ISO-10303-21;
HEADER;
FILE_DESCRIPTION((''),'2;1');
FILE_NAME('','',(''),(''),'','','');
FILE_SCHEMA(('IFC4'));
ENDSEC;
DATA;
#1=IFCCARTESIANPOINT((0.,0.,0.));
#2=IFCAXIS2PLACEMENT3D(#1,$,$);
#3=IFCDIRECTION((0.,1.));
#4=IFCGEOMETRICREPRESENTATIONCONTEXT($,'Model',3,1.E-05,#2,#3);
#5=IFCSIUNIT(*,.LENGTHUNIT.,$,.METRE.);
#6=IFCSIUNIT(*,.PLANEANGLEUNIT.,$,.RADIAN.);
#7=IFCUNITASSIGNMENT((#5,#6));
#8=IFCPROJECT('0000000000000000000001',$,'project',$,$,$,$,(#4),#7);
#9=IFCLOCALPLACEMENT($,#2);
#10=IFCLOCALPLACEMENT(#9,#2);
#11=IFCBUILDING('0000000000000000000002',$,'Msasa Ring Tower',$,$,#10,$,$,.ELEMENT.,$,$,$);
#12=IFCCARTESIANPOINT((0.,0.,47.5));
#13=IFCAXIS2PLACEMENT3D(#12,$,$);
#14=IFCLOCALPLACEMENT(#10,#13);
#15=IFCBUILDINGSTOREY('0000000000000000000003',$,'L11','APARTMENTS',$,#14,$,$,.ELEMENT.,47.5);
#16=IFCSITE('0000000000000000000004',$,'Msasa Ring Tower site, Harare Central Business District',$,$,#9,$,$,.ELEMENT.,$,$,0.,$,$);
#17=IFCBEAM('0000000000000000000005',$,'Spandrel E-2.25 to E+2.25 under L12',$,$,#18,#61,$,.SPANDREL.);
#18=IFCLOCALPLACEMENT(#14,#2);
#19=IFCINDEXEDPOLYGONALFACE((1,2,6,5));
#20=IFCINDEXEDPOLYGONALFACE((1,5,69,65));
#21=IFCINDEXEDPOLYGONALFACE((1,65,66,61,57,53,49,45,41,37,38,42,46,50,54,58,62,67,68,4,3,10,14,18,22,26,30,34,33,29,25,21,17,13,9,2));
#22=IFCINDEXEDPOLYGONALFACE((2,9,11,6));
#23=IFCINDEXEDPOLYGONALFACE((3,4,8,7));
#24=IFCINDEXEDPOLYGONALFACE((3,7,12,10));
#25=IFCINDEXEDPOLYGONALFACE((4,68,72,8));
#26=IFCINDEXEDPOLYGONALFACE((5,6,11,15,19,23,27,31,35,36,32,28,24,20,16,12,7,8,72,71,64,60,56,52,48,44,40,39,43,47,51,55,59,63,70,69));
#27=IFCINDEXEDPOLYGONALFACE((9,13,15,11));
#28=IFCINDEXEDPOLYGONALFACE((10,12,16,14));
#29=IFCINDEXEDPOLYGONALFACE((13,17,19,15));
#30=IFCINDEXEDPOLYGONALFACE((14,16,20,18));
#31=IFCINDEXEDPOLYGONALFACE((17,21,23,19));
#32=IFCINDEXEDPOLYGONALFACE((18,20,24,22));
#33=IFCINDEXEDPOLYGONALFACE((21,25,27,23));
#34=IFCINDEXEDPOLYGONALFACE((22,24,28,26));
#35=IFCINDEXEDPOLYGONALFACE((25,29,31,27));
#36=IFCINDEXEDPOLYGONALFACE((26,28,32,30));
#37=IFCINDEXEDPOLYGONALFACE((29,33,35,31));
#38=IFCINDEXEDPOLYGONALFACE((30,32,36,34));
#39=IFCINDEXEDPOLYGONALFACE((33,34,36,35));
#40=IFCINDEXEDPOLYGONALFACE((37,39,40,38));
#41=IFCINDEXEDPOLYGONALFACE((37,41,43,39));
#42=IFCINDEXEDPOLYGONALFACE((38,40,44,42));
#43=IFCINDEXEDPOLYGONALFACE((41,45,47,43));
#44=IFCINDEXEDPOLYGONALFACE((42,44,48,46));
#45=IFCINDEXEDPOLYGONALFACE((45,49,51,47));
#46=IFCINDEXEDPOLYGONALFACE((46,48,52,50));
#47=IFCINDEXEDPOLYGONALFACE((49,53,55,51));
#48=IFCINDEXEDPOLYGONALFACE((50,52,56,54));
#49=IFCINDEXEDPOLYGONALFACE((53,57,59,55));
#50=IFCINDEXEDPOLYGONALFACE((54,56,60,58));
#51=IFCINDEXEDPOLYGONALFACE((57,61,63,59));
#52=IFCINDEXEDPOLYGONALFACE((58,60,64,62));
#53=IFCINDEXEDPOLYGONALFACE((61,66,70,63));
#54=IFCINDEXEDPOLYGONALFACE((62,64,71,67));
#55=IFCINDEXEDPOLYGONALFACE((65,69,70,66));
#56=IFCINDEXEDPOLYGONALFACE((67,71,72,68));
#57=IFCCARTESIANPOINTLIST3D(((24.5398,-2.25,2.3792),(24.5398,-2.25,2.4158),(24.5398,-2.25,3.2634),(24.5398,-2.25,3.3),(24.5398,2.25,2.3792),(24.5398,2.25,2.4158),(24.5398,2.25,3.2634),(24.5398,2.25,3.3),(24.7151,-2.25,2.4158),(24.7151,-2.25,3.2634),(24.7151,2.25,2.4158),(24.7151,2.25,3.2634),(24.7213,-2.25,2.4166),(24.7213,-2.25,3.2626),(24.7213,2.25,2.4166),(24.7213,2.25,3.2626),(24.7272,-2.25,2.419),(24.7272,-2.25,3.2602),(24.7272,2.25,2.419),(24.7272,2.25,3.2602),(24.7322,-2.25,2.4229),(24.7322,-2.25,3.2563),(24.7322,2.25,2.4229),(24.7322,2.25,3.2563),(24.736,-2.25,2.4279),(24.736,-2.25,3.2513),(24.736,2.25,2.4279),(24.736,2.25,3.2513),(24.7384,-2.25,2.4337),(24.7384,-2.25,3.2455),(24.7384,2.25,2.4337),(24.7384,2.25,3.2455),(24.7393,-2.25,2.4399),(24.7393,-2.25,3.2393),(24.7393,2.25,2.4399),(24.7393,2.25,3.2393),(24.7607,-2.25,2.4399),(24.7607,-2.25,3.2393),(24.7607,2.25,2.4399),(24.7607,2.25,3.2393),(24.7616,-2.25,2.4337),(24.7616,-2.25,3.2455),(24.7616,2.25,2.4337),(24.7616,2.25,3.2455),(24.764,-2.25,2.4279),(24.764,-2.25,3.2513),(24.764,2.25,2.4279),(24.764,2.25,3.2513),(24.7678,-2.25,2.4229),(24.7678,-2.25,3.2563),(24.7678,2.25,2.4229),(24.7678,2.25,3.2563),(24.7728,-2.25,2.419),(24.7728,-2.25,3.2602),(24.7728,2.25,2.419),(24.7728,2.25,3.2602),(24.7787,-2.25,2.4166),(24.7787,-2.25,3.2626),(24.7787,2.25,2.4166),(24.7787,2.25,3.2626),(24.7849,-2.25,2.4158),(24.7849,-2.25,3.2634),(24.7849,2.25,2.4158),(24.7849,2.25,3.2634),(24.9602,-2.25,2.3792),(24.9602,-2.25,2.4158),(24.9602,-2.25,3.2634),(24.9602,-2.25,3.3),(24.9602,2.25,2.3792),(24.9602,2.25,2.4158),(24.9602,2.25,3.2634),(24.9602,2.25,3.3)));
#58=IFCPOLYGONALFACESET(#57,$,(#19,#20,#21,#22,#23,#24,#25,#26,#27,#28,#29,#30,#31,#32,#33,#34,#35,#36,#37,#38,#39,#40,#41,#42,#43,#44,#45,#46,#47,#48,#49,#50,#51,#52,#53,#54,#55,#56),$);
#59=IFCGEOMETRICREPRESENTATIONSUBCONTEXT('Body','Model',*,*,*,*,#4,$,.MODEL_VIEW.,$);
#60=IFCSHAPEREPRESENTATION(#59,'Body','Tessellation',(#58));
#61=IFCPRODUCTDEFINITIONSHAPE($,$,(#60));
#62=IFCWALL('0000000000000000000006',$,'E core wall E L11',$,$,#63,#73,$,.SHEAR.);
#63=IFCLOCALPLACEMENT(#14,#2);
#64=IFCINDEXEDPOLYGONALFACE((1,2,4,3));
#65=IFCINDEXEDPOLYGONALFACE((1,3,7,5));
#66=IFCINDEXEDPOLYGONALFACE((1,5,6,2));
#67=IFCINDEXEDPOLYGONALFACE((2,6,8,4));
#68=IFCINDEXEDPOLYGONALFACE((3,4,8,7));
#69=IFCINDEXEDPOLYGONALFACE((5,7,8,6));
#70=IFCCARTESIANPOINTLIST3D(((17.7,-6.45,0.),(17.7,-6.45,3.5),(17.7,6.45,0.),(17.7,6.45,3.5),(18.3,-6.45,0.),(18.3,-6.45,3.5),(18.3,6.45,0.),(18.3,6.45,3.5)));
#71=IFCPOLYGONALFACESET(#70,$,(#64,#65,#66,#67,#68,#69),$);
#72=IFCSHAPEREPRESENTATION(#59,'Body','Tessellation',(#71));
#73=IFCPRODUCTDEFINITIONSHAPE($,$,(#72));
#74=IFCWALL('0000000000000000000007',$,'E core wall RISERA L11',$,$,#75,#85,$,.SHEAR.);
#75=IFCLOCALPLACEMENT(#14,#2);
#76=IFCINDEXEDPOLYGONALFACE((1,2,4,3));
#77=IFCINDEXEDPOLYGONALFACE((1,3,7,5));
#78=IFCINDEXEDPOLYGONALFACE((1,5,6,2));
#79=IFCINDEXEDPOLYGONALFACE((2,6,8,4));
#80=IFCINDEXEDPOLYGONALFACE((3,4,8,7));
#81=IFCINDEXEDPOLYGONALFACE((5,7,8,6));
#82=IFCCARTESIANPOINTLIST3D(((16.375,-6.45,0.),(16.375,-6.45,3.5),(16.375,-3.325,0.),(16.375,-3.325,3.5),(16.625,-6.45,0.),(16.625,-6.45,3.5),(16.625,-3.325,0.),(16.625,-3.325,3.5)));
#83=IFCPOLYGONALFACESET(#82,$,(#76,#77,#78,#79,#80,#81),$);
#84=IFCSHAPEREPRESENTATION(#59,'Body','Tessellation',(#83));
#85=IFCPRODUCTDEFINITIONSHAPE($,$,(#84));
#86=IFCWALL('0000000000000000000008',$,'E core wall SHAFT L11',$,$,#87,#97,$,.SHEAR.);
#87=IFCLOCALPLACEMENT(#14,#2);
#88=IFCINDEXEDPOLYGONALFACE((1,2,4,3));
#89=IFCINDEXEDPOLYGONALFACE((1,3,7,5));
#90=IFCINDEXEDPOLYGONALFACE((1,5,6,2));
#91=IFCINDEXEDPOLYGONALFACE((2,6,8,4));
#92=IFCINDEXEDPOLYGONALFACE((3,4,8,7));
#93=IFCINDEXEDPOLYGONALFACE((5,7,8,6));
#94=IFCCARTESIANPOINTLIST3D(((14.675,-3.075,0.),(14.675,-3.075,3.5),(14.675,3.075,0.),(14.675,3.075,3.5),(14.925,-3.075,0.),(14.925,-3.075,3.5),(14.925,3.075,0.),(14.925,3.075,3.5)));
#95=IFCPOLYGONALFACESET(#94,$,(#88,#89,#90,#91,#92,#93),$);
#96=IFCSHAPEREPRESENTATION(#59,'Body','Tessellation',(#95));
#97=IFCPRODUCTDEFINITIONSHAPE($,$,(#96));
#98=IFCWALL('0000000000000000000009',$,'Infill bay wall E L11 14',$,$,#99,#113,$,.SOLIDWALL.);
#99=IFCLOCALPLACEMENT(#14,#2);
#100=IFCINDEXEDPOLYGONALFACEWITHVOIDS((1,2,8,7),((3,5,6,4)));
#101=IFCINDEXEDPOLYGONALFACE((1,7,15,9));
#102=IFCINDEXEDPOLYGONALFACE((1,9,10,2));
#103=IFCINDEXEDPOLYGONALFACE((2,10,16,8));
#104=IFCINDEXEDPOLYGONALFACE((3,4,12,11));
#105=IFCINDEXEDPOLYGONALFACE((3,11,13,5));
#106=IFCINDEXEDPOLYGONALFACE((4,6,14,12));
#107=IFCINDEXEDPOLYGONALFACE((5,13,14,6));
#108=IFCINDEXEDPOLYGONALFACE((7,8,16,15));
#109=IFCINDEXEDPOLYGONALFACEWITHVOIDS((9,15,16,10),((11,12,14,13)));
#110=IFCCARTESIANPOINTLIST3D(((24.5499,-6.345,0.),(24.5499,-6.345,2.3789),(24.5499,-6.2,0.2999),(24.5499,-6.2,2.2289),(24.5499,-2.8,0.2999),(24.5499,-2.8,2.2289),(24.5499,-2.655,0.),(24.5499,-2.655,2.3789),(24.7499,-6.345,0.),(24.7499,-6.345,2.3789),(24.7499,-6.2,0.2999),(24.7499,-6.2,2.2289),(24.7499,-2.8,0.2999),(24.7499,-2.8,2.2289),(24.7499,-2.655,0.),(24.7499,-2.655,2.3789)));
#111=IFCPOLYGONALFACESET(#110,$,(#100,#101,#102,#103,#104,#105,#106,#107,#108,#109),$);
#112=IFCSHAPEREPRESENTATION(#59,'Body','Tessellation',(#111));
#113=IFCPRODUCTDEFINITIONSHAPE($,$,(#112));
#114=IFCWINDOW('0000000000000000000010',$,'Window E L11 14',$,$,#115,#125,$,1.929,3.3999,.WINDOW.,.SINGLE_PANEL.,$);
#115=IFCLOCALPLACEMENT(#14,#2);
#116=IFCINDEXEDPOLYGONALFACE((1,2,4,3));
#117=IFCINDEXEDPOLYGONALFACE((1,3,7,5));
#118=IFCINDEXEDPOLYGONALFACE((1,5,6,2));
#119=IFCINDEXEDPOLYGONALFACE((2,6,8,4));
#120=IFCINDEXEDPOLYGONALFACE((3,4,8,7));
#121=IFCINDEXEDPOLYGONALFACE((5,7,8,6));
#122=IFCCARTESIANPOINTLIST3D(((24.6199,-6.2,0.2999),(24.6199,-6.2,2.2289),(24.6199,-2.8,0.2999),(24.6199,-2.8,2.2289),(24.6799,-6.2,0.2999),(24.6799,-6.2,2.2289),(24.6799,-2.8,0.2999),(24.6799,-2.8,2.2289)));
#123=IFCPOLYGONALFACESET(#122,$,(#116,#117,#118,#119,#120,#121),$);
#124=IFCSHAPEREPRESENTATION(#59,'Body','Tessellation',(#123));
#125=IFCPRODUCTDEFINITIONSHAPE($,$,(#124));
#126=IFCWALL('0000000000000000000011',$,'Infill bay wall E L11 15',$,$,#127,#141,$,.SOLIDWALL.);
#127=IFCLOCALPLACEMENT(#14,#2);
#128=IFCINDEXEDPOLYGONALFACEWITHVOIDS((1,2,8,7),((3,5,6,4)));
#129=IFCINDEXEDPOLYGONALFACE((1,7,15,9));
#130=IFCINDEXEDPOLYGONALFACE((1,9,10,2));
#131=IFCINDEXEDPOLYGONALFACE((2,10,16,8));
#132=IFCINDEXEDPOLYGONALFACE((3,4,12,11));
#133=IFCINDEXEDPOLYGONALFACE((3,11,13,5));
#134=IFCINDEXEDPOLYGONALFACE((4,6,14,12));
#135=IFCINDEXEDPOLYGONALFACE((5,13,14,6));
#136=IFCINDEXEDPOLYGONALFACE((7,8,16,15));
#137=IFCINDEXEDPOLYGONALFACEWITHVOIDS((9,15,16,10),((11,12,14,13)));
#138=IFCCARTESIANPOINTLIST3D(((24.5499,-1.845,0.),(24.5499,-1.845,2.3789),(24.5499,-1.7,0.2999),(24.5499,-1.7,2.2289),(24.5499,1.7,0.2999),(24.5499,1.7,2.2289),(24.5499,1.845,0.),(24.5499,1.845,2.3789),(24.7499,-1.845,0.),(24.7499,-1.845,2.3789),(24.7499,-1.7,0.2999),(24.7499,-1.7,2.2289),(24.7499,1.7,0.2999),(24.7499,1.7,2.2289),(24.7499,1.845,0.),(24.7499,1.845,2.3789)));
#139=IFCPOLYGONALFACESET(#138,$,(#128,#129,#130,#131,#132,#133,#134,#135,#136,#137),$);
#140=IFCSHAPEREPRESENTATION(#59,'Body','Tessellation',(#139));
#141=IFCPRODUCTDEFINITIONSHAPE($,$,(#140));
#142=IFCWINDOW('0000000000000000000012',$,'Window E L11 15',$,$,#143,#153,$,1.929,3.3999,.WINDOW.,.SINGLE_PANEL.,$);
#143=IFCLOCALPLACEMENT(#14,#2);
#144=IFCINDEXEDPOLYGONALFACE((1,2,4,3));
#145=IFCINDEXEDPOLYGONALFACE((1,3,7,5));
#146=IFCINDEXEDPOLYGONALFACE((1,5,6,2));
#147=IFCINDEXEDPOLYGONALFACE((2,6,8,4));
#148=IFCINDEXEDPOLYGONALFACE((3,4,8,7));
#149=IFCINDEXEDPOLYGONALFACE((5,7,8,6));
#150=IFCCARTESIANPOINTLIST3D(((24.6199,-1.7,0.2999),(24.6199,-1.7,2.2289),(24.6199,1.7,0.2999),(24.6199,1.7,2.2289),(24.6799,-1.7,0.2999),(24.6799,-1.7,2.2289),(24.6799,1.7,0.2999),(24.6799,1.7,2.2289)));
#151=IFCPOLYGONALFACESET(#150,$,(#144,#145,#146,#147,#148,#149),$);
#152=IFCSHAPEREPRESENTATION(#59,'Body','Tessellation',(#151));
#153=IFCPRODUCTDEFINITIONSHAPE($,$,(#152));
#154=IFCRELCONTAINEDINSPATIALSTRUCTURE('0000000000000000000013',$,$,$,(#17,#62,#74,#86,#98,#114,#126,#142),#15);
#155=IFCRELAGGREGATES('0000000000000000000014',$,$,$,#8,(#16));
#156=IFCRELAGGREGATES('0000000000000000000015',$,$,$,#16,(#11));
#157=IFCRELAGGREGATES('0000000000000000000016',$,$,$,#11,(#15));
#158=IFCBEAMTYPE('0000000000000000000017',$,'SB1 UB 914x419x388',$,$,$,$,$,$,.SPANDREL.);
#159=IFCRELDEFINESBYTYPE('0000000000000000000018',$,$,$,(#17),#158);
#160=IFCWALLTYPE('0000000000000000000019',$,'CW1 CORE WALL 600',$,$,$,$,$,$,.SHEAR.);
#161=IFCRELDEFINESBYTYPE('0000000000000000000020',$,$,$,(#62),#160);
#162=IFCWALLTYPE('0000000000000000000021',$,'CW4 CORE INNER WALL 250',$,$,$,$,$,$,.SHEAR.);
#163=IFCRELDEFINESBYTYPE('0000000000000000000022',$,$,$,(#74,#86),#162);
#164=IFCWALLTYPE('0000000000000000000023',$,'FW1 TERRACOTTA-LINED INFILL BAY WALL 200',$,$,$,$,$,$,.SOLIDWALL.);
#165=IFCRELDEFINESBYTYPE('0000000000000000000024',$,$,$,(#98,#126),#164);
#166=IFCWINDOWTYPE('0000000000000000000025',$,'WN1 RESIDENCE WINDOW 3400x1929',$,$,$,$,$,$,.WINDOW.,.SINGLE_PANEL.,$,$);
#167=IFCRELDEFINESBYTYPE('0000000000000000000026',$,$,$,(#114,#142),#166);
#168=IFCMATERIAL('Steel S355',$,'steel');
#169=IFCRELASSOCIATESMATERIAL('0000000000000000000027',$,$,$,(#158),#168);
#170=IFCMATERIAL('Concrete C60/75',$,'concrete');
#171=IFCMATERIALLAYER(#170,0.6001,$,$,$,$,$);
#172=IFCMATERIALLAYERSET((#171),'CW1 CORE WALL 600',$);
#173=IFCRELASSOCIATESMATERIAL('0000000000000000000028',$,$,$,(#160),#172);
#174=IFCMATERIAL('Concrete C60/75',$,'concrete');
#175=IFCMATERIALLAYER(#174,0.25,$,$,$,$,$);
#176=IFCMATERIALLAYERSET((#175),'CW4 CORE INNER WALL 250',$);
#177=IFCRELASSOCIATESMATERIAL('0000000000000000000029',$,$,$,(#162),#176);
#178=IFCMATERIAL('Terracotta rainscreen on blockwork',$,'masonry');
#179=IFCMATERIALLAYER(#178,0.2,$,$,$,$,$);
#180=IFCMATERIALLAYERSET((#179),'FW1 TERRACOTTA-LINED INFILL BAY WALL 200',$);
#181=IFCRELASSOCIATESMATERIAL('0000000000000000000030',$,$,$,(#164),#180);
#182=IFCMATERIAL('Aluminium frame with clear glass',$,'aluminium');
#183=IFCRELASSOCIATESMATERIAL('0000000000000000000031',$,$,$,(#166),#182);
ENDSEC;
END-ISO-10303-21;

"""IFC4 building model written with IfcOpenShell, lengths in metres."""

from ifc_helpers import new_model, si_unit, direction, frame, frame_2d, origin, origin_2d, place, context, subcontext, project, spatial, rectangle, i_section, extrude, material, layer, layer_set, material_profile, profile_set, type_object, element, fill, save


model = new_model("IFC4")

# Units and contexts
model_context = context("Model", 3, precision=1e-05, world=origin(), true_north=direction((0.0, 1.0)))
body_context = subcontext(model_context, "Body", "Model", "MODEL_VIEW")
ifc_project = project(units=[si_unit("LENGTHUNIT", "METRE"), si_unit("PLANEANGLEUNIT", "RADIAN")], contexts=[model_context])

# Site, building, storey
site_placement = place(None, origin())
site = spatial("IfcSite", under=ifc_project, at=site_placement, Name="Msasa Ring Tower site, Harare Central Business District", CompositionType="ELEMENT", RefElevation=0.0)
building_placement = place(site_placement, origin())
building = spatial("IfcBuilding", under=site, at=building_placement, Name="Msasa Ring Tower", CompositionType="ELEMENT")
storey_placement = place(building_placement, frame((0.0, 0.0, 47.5)))
storey = spatial("IfcBuildingStorey", under=building, at=storey_placement, Name="L11", Description="APARTMENTS", CompositionType="ELEMENT", Elevation=47.5)

# Beam
ifc_material_1 = material(Name="Steel S355", Category="steel")
ifc_material_profile_1 = material_profile(ifc_material_1, i_section(OverallWidth=0.4204, OverallDepth=0.9209, WebThickness=0.0215, FlangeThickness=0.0366, FilletRadius=0.0242, at=origin_2d()), Name="UB 914x419x388")
ifc_profile_set_1 = profile_set([ifc_material_profile_1], Name="Steel S355")
beam_type_1 = type_object("IfcBeamType", Name="SB1 UB 914x419x388", PredefinedType="SPANDREL", material=ifc_profile_set_1)
for number, where, z_axis, x_axis, name in (
    (1, (24.75, -2.25, 2.8396), (0.0, 1.0, 0.0), (-1.0, 0.0, 0.0), "Spandrel E-2.25 to E+2.25 under L12"),
):
    element("IfcBeam", number, at=place(storey_placement, frame(where, z_axis=z_axis, x_axis=x_axis)), inside=storey, type_object=beam_type_1, Name=name, PredefinedType="SPANDREL", context=body_context, shape_type="SweptSolid", body=[
        extrude(i_section(OverallWidth=0.4204, OverallDepth=0.9209, WebThickness=0.0215, FlangeThickness=0.0366, FilletRadius=0.0242, at=origin_2d()), origin(), (0.0, 0.0, 1.0), 4.5),
    ])

# Walls
ifc_material_2 = material(Name="Concrete C60/75", Category="concrete")
ifc_layer_1 = layer(ifc_material_2, 0.6001)
ifc_layer_set_1 = layer_set([ifc_layer_1], Name="CW1 CORE WALL 600")
wall_type_1 = type_object("IfcWallType", Name="CW1 CORE WALL 600", PredefinedType="SHEAR", material=ifc_layer_set_1)
wall_1_placement = place(storey_placement, frame((18.0, -6.45, 0.0), z_axis=(0.0, 0.0, 1.0), x_axis=(0.0, 1.0, 0.0)))
element("IfcWall", 2, at=wall_1_placement, inside=storey, type_object=wall_type_1, Name="E core wall E L11", PredefinedType="SHEAR", context=body_context, shape_type="SweptSolid", body=[
    extrude(rectangle(XDim=12.8999, YDim=0.6001, at=frame_2d((6.45, 0.0))), origin(), (0.0, 0.0, 1.0), 3.5),
])
ifc_material_3 = material(Name="Concrete C60/75", Category="concrete")
ifc_layer_2 = layer(ifc_material_3, 0.25)
ifc_layer_set_2 = layer_set([ifc_layer_2], Name="CW4 CORE INNER WALL 250")
wall_type_2 = type_object("IfcWallType", Name="CW4 CORE INNER WALL 250", PredefinedType="SHEAR", material=ifc_layer_set_2)
wall_2_placement = place(storey_placement, frame((16.5, -6.45, 0.0), z_axis=(0.0, 0.0, 1.0), x_axis=(0.0, 1.0, 0.0)))
element("IfcWall", 3, at=wall_2_placement, inside=storey, type_object=wall_type_2, Name="E core wall RISERA L11", PredefinedType="SHEAR", context=body_context, shape_type="SweptSolid", body=[
    extrude(rectangle(XDim=3.125, YDim=0.25, at=frame_2d((1.5625, 0.0))), origin(), (0.0, 0.0, 1.0), 3.5),
])
wall_3_placement = place(storey_placement, frame((14.8, -3.075, 0.0), z_axis=(0.0, 0.0, 1.0), x_axis=(0.0, 1.0, 0.0)))
element("IfcWall", 4, at=wall_3_placement, inside=storey, type_object=wall_type_2, Name="E core wall SHAFT L11", PredefinedType="SHEAR", context=body_context, shape_type="SweptSolid", body=[
    extrude(rectangle(XDim=6.1499, YDim=0.25, at=frame_2d((3.075, 0.0))), origin(), (0.0, 0.0, 1.0), 3.5),
])

# Walls, openings, windows
ifc_material_4 = material(Name="Terracotta rainscreen on blockwork", Category="masonry")
ifc_layer_3 = layer(ifc_material_4, 0.2)
ifc_layer_set_3 = layer_set([ifc_layer_3], Name="FW1 TERRACOTTA-LINED INFILL BAY WALL 200")
wall_type_3 = type_object("IfcWallType", Name="FW1 TERRACOTTA-LINED INFILL BAY WALL 200", PredefinedType="SOLIDWALL", material=ifc_layer_set_3)
wall_4_placement = place(storey_placement, frame((24.6499, -6.345, 0.0), z_axis=(0.0, 0.0, 1.0), x_axis=(0.0, 1.0, 0.0)))
wall_4 = element("IfcWall", 5, at=wall_4_placement, inside=storey, type_object=wall_type_3, Name="Infill bay wall E L11 14", PredefinedType="SOLIDWALL", context=body_context, shape_type="SweptSolid", body=[
    extrude(rectangle(XDim=3.6899, YDim=0.2, at=frame_2d((1.845, 0.0))), origin(), (0.0, 0.0, 1.0), 2.3789),
])
opening_1_placement = place(wall_4_placement, frame((0.145, 0.0, 0.3)))
opening_1 = element("IfcOpeningElement", 6, at=opening_1_placement, cuts=wall_4, PredefinedType="OPENING", context=body_context, shape_type="SweptSolid", body=[
    extrude(rectangle(XDim=3.3999, YDim=1.929, at=frame_2d((1.7, 0.9644))), frame((0.0, 0.1099, 0.0), z_axis=(0.0, -1.0, 0.0), x_axis=(1.0, 0.0, 0.0)), (0.0, 0.0, 1.0), 0.22),
])
ifc_material_5 = material(Name="Aluminium frame with clear glass", Category="aluminium")
window_type = type_object("IfcWindowType", Name="WN1 RESIDENCE WINDOW 3400x1929", PartitioningType="SINGLE_PANEL", PredefinedType="WINDOW", material=ifc_material_5)
window_1_placement = place(opening_1_placement, origin())
window_1 = element("IfcWindow", 7, at=window_1_placement, inside=storey, type_object=window_type, Name="Window E L11 14", OverallHeight=1.929, OverallWidth=3.3999, PartitioningType="SINGLE_PANEL", PredefinedType="WINDOW", context=body_context, shape_type="SweptSolid", body=[
    extrude(rectangle(XDim=3.3999, YDim=1.929, at=frame_2d((1.7, 0.9644))), frame((0.0, 0.03, 0.0), z_axis=(0.0, -1.0, 0.0), x_axis=(1.0, 0.0, 0.0)), (0.0, 0.0, 1.0), 0.0601),
])
fill(opening_1, window_1)
wall_5_placement = place(storey_placement, frame((24.6499, -1.845, 0.0), z_axis=(0.0, 0.0, 1.0), x_axis=(0.0, 1.0, 0.0)))
wall_5 = element("IfcWall", 8, at=wall_5_placement, inside=storey, type_object=wall_type_3, Name="Infill bay wall E L11 15", PredefinedType="SOLIDWALL", context=body_context, shape_type="SweptSolid", body=[
    extrude(rectangle(XDim=3.6899, YDim=0.2, at=frame_2d((1.845, 0.0))), origin(), (0.0, 0.0, 1.0), 2.3789),
])
opening_2_placement = place(wall_5_placement, frame((0.145, 0.0, 0.3)))
opening_2 = element("IfcOpeningElement", 9, at=opening_2_placement, cuts=wall_5, PredefinedType="OPENING", context=body_context, shape_type="SweptSolid", body=[
    extrude(rectangle(XDim=3.3999, YDim=1.929, at=frame_2d((1.7, 0.9644))), frame((0.0, 0.1099, 0.0), z_axis=(0.0, -1.0, 0.0), x_axis=(1.0, 0.0, 0.0)), (0.0, 0.0, 1.0), 0.22),
])
window_2_placement = place(opening_2_placement, origin())
window_2 = element("IfcWindow", 10, at=window_2_placement, inside=storey, type_object=window_type, Name="Window E L11 15", OverallHeight=1.929, OverallWidth=3.3999, PartitioningType="SINGLE_PANEL", PredefinedType="WINDOW", context=body_context, shape_type="SweptSolid", body=[
    extrude(rectangle(XDim=3.3999, YDim=1.929, at=frame_2d((1.7, 0.9644))), frame((0.0, 0.03, 0.0), z_axis=(0.0, -1.0, 0.0), x_axis=(1.0, 0.0, 0.0)), (0.0, 0.0, 1.0), 0.0601),
])
fill(opening_2, window_2)

save(model, "model.ifc")
